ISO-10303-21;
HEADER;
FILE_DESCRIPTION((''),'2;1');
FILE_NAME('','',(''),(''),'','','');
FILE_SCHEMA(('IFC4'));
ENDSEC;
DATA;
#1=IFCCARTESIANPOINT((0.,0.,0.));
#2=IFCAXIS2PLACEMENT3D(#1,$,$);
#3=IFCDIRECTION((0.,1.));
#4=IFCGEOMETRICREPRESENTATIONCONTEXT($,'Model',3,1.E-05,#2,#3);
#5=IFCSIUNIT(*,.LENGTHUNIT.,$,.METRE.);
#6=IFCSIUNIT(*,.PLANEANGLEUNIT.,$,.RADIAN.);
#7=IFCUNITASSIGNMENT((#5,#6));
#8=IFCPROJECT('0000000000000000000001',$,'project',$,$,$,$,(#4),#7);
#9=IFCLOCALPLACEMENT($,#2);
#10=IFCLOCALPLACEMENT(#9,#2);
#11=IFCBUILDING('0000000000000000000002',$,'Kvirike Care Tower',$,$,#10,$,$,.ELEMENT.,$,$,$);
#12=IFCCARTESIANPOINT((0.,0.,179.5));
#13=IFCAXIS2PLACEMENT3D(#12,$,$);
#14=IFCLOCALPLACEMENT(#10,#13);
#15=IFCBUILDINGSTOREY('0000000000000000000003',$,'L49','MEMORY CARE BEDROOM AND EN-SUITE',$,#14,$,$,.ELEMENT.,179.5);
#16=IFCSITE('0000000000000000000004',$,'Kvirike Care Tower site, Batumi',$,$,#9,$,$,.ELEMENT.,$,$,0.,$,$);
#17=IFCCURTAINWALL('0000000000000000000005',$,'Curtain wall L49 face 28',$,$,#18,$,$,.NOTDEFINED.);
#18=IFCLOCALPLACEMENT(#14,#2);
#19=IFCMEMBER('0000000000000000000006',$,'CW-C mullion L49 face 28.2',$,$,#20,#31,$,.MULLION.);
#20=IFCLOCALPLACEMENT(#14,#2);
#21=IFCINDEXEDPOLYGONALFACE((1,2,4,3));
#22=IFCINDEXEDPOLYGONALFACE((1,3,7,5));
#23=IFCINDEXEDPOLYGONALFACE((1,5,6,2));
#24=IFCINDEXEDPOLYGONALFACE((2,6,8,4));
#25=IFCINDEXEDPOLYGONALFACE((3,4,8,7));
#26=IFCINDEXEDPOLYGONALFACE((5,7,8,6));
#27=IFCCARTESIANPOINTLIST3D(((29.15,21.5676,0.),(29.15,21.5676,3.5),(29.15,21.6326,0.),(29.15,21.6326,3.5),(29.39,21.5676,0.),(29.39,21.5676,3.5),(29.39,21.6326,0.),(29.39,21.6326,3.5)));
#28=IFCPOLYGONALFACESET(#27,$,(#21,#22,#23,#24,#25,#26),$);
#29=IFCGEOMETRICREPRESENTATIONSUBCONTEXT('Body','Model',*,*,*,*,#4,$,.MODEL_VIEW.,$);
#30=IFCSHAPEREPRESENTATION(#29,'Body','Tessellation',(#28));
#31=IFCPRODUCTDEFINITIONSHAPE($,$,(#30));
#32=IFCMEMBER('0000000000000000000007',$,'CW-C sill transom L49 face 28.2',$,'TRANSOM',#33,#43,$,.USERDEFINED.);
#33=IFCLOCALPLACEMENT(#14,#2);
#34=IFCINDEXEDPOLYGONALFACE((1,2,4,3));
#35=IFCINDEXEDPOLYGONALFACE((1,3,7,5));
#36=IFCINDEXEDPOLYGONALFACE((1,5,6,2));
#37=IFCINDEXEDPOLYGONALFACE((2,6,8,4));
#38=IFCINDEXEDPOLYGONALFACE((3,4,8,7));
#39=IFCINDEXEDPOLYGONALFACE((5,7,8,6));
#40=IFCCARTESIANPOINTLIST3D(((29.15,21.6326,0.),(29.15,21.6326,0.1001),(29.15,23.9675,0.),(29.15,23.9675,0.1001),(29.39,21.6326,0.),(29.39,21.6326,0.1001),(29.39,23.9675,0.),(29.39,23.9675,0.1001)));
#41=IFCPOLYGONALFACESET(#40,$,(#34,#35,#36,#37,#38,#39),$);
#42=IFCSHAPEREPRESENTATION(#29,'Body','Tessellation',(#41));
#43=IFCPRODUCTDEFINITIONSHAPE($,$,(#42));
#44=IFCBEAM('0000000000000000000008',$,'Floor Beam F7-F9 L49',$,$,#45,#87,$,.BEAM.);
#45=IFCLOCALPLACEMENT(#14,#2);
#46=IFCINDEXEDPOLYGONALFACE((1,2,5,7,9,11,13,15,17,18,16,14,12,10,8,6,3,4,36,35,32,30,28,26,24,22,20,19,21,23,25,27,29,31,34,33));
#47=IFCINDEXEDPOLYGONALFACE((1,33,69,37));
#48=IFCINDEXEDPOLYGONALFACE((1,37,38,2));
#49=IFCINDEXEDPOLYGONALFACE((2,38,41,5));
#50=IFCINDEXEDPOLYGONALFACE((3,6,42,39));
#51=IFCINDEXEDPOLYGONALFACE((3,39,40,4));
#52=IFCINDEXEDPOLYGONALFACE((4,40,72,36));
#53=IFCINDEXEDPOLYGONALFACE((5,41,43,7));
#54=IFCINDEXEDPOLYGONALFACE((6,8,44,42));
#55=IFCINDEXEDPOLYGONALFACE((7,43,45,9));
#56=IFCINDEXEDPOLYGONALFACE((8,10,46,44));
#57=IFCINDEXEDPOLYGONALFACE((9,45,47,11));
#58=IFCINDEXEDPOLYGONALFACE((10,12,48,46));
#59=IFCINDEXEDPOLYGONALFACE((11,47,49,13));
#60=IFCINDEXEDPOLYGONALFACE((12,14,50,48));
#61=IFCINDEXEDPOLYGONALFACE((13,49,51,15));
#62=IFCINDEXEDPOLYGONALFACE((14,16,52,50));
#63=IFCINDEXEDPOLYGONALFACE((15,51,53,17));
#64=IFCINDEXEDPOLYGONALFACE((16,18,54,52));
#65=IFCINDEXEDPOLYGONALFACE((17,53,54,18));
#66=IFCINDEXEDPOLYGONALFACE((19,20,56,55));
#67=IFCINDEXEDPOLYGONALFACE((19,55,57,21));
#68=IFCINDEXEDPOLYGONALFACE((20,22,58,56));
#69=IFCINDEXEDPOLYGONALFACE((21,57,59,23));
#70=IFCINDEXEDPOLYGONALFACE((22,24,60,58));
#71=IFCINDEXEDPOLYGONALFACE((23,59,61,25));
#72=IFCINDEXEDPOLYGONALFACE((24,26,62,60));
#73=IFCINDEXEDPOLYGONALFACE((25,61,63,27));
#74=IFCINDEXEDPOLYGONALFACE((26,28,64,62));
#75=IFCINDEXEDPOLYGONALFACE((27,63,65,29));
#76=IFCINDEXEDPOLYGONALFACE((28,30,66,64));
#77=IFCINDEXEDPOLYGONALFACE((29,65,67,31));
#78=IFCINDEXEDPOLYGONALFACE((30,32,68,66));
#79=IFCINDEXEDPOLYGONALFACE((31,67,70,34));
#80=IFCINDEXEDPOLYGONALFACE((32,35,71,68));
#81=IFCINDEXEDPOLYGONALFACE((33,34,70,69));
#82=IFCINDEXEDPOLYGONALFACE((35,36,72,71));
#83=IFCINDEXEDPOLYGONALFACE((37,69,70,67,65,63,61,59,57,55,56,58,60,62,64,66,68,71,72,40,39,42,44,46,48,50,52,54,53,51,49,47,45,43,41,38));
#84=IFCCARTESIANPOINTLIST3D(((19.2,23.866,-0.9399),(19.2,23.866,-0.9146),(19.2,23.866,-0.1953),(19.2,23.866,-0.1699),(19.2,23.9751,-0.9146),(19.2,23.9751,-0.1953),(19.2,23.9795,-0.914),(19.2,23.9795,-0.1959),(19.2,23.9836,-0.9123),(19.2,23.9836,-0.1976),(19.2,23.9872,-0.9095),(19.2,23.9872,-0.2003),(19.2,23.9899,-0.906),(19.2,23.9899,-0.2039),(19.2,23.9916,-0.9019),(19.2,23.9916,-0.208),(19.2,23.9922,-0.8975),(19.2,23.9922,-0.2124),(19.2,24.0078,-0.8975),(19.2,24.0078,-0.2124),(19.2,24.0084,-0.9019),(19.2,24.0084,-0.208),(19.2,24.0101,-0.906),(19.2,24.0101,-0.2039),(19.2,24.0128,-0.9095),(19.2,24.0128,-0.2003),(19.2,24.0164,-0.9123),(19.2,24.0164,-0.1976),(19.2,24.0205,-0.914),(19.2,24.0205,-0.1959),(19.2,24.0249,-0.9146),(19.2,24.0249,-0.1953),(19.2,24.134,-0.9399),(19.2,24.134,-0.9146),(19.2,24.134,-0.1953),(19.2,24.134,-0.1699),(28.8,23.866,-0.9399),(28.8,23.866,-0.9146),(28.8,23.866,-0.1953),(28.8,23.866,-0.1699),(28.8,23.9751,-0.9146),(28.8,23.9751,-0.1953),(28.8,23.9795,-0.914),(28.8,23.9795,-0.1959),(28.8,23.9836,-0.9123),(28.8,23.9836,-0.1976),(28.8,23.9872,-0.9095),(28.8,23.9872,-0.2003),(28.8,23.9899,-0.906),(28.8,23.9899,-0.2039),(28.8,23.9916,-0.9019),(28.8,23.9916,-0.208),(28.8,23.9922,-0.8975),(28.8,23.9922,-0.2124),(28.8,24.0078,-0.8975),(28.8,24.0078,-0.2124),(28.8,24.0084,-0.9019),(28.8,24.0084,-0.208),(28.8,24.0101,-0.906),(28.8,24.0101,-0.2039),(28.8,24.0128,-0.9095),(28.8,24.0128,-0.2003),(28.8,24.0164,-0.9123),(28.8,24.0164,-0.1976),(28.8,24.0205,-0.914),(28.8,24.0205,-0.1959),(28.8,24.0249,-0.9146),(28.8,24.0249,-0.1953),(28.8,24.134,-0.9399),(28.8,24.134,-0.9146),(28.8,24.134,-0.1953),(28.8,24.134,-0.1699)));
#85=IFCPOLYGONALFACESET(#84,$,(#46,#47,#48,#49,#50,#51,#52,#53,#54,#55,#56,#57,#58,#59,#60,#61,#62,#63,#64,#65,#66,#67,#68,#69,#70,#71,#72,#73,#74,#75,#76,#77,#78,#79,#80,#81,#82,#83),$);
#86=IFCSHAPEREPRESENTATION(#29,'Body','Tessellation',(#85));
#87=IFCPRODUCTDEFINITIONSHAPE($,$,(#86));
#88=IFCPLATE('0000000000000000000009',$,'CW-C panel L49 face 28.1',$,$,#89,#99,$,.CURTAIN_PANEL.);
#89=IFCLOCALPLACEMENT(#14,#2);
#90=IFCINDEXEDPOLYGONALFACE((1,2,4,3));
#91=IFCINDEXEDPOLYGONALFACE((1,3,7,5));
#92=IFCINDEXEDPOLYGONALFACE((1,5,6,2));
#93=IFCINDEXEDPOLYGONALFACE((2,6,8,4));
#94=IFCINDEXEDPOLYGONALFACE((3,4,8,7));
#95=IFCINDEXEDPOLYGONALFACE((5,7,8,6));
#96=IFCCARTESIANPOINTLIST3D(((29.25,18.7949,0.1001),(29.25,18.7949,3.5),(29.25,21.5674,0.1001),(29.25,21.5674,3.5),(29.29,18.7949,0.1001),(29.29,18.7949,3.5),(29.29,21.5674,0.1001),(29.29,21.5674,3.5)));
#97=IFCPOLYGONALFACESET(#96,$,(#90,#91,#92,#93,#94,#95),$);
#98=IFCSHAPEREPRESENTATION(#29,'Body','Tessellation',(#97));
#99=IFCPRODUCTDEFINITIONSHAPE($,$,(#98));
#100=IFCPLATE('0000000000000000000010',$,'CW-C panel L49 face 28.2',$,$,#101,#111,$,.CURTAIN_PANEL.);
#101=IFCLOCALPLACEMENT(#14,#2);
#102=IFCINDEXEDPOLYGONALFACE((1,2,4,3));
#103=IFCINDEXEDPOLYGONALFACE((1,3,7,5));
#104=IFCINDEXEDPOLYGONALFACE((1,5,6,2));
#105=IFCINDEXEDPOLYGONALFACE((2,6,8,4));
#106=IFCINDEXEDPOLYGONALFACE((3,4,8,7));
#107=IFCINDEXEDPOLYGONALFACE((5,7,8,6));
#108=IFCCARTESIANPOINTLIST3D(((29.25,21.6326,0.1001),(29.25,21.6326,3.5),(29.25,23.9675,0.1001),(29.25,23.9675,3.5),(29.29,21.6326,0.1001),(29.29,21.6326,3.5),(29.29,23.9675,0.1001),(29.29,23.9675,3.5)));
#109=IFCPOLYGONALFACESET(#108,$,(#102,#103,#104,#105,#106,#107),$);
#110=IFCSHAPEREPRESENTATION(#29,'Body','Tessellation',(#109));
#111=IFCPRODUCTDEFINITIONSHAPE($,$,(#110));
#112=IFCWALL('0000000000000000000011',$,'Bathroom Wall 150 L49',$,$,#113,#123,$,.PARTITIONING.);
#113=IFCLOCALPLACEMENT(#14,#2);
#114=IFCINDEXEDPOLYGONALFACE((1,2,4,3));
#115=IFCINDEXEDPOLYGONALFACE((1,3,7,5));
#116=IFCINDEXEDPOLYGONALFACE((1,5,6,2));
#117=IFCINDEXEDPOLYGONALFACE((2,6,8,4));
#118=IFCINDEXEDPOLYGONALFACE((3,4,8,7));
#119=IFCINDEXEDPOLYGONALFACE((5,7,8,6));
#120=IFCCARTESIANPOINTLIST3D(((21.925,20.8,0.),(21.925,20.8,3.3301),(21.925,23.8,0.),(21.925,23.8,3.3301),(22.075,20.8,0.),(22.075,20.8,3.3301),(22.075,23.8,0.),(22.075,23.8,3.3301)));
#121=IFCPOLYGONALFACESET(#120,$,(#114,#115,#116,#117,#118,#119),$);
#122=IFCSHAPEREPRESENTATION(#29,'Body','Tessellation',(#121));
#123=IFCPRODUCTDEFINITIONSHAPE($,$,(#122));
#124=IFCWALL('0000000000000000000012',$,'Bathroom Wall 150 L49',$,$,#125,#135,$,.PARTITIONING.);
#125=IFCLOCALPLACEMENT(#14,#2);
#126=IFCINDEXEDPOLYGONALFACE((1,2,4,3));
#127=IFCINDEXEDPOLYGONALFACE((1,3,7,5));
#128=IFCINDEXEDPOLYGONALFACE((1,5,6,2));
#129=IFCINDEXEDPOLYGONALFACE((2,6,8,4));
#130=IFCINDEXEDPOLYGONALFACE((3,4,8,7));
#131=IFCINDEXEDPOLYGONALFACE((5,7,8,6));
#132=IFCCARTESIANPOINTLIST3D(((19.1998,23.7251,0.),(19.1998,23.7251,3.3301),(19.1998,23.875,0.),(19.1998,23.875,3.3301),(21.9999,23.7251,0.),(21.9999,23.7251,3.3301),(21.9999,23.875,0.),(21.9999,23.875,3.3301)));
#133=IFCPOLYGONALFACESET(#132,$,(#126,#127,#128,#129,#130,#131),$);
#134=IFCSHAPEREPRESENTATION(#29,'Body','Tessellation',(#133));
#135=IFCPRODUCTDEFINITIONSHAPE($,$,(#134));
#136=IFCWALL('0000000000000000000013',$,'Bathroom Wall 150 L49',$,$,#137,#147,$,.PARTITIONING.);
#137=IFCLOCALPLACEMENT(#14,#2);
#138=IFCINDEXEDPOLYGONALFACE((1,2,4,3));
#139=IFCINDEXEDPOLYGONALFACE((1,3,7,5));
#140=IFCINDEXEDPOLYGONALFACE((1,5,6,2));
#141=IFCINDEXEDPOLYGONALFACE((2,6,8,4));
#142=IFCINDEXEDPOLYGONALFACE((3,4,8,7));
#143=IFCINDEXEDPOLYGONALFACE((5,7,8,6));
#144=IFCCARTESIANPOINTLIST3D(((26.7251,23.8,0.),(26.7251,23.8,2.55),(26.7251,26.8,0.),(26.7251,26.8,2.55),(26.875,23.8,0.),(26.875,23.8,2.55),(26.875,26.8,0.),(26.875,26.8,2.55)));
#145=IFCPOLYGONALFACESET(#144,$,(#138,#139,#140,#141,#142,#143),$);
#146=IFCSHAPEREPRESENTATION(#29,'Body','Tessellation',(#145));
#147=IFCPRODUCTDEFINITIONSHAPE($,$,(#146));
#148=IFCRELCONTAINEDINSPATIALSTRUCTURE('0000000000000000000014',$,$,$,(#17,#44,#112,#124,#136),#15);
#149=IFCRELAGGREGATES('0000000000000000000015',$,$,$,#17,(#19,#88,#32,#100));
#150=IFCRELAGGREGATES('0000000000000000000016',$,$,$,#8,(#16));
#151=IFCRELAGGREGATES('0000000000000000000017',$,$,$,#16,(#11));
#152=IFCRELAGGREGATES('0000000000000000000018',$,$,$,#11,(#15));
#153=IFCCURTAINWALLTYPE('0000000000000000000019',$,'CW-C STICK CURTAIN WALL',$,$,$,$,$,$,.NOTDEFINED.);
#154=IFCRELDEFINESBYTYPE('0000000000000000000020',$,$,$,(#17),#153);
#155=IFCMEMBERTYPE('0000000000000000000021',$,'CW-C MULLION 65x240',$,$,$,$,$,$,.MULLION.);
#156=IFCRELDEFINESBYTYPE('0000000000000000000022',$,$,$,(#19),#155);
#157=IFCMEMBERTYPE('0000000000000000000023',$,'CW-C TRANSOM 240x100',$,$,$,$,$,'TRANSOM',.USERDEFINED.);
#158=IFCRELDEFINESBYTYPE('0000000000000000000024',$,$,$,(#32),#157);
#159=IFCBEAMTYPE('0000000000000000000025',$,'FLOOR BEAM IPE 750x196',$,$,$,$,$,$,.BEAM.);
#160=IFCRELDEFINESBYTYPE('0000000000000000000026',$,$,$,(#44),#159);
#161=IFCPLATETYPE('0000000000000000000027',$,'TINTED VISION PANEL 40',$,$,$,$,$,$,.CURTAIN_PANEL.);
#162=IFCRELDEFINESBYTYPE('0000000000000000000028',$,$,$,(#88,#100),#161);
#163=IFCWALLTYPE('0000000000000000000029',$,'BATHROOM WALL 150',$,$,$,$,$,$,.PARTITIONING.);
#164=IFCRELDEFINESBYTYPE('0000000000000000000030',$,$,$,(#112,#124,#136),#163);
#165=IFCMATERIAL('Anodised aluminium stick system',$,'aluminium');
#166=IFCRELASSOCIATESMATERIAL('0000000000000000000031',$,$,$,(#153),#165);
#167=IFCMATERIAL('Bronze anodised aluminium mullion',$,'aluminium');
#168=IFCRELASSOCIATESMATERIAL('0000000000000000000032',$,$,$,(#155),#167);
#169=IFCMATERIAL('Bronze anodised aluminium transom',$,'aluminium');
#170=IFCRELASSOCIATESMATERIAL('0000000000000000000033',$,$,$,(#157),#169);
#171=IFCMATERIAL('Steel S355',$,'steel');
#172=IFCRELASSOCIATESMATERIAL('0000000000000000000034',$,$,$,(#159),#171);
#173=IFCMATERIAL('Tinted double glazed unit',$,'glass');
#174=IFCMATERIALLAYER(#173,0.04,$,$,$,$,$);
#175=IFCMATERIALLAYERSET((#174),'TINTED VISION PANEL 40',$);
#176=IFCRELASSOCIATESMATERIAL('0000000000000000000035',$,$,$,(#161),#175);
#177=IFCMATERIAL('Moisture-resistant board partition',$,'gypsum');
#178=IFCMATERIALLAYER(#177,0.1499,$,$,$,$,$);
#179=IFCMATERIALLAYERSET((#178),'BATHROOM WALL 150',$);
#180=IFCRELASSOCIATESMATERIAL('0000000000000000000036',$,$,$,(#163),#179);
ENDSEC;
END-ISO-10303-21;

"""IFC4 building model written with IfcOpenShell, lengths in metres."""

from ifc_helpers import new_model, si_unit, direction, frame, frame_2d, origin, origin_2d, place, context, subcontext, project, spatial, rectangle, i_section, extrude, material, layer, layer_set, material_profile, profile_set, type_object, element, aggregate, save


model = new_model("IFC4")

# Units and contexts
model_context = context("Model", 3, precision=1e-05, world=origin(), true_north=direction((0.0, 1.0)))
body_context = subcontext(model_context, "Body", "Model", "MODEL_VIEW")
ifc_project = project(units=[si_unit("LENGTHUNIT", "METRE"), si_unit("PLANEANGLEUNIT", "RADIAN")], contexts=[model_context])

# Site, building, storey
site_placement = place(None, origin())
site = spatial("IfcSite", under=ifc_project, at=site_placement, Name="Kvirike Care Tower site, Batumi", CompositionType="ELEMENT", RefElevation=0.0)
building_placement = place(site_placement, origin())
building = spatial("IfcBuilding", under=site, at=building_placement, Name="Kvirike Care Tower", CompositionType="ELEMENT")
storey_placement = place(building_placement, frame((0.0, 0.0, 179.5)))
storey = spatial("IfcBuildingStorey", under=building, at=storey_placement, Name="L49", Description="MEMORY CARE BEDROOM AND EN-SUITE", CompositionType="ELEMENT", Elevation=179.5)

# Curtain wall, members
ifc_material_1 = material(Name="Anodised aluminium stick system", Category="aluminium")
curtain_wall_type = type_object("IfcCurtainWallType", Name="CW-C STICK CURTAIN WALL", PredefinedType="NOTDEFINED", material=ifc_material_1)
curtain_wall_placement = place(storey_placement, origin())
curtain_wall = element("IfcCurtainWall", 1, at=curtain_wall_placement, inside=storey, type_object=curtain_wall_type, Name="Curtain wall L49 face 28", PredefinedType="NOTDEFINED")
ifc_material_2 = material(Name="Bronze anodised aluminium mullion", Category="aluminium")
ifc_material_profile_1 = material_profile(ifc_material_2, rectangle(XDim=0.0649, YDim=0.24, at=origin_2d()), Name="CW-C MULLION 65x240")
ifc_profile_set_1 = profile_set([ifc_material_profile_1], Name="Bronze anodised aluminium mullion")
member_type_1 = type_object("IfcMemberType", Name="CW-C MULLION 65x240", PredefinedType="MULLION", material=ifc_profile_set_1)
member_1_placement = place(storey_placement, frame((29.27, 21.6001, 0.0), z_axis=(0.0, 0.0, 1.0), x_axis=(0.0, 1.0, 0.0)))
member_1 = element("IfcMember", 2, at=member_1_placement, type_object=member_type_1, Name="CW-C mullion L49 face 28.2", PredefinedType="MULLION", context=body_context, shape_type="SweptSolid", body=[
    extrude(rectangle(XDim=0.0649, YDim=0.24, at=origin_2d()), origin(), (0.0, 0.0, 1.0), 3.5),
])
ifc_material_3 = material(Name="Bronze anodised aluminium transom", Category="aluminium")
ifc_material_profile_2 = material_profile(ifc_material_3, rectangle(XDim=0.24, YDim=0.1001, at=origin_2d()), Name="CW-C TRANSOM 240x100")
ifc_profile_set_2 = profile_set([ifc_material_profile_2], Name="Bronze anodised aluminium transom")
member_type_2 = type_object("IfcMemberType", Name="CW-C TRANSOM 240x100", ElementType="TRANSOM", PredefinedType="USERDEFINED", material=ifc_profile_set_2)
member_2_placement = place(storey_placement, frame((29.27, 21.6326, 0.05), z_axis=(0.0, 1.0, 0.0), x_axis=(-1.0, 0.0, 0.0)))
member_2 = element("IfcMember", 3, at=member_2_placement, type_object=member_type_2, Name="CW-C sill transom L49 face 28.2", ObjectType="TRANSOM", PredefinedType="USERDEFINED", context=body_context, shape_type="SweptSolid", body=[
    extrude(rectangle(XDim=0.24, YDim=0.1001, at=origin_2d()), origin(), (0.0, 0.0, 1.0), 2.335),
])

# Beam
ifc_material_4 = material(Name="Steel S355", Category="steel")
ifc_material_profile_3 = material_profile(ifc_material_4, i_section(OverallWidth=0.2681, OverallDepth=0.77, WebThickness=0.0156, FlangeThickness=0.0254, FilletRadius=0.0171, at=origin_2d()), Name="IPE 750x196")
ifc_profile_set_3 = profile_set([ifc_material_profile_3], Name="Steel S355")
beam_type = type_object("IfcBeamType", Name="FLOOR BEAM IPE 750x196", PredefinedType="BEAM", material=ifc_profile_set_3)
beam_placement = place(storey_placement, frame((19.2, 24.0, -0.5549), z_axis=(1.0, 0.0, 0.0), x_axis=(0.0, 1.0, 0.0)))
element("IfcBeam", 4, at=beam_placement, inside=storey, type_object=beam_type, Name="Floor Beam F7-F9 L49", PredefinedType="BEAM", context=body_context, shape_type="SweptSolid", body=[
    extrude(i_section(OverallWidth=0.2681, OverallDepth=0.77, WebThickness=0.0156, FlangeThickness=0.0254, FilletRadius=0.0171, at=origin_2d()), origin(), (0.0, 0.0, 1.0), 9.6001),
])

# Plates
ifc_material_5 = material(Name="Tinted double glazed unit", Category="glass")
ifc_layer_1 = layer(ifc_material_5, 0.04)
ifc_layer_set_1 = layer_set([ifc_layer_1], Name="TINTED VISION PANEL 40")
plate_type = type_object("IfcPlateType", Name="TINTED VISION PANEL 40", PredefinedType="CURTAIN_PANEL", material=ifc_layer_set_1)
plate_1_placement = place(storey_placement, frame((29.27, 20.1812, 0.1001), z_axis=(0.0, 0.0, 1.0), x_axis=(0.0, 1.0, 0.0)))
plate_1 = element("IfcPlate", 5, at=plate_1_placement, type_object=plate_type, Name="CW-C panel L49 face 28.1", PredefinedType="CURTAIN_PANEL", context=body_context, shape_type="SweptSolid", body=[
    extrude(rectangle(XDim=2.7725, YDim=0.04, at=origin_2d()), origin(), (0.0, 0.0, 1.0), 3.3999),
])
plate_2_placement = place(storey_placement, frame((29.27, 22.8, 0.1001), z_axis=(0.0, 0.0, 1.0), x_axis=(0.0, 1.0, 0.0)))
plate_2 = element("IfcPlate", 6, at=plate_2_placement, type_object=plate_type, Name="CW-C panel L49 face 28.2", PredefinedType="CURTAIN_PANEL", context=body_context, shape_type="SweptSolid", body=[
    extrude(rectangle(XDim=2.335, YDim=0.04, at=origin_2d()), origin(), (0.0, 0.0, 1.0), 3.3999),
])
aggregate(curtain_wall, [member_1, plate_1, member_2, plate_2])

# Walls
ifc_material_6 = material(Name="Moisture-resistant board partition", Category="gypsum")
ifc_layer_2 = layer(ifc_material_6, 0.1499)
ifc_layer_set_2 = layer_set([ifc_layer_2], Name="BATHROOM WALL 150")
wall_type_1 = type_object("IfcWallType", Name="BATHROOM WALL 150", PredefinedType="PARTITIONING", material=ifc_layer_set_2)
wall_1_placement = place(storey_placement, frame((22.0, 20.8, 0.0), z_axis=(0.0, 0.0, 1.0), x_axis=(0.0, 1.0, 0.0)))
element("IfcWall", 7, at=wall_1_placement, inside=storey, type_object=wall_type_1, Name="Bathroom Wall 150 L49", PredefinedType="PARTITIONING", context=body_context, shape_type="SweptSolid", body=[
    extrude(rectangle(XDim=3.0, YDim=0.1499, at=frame_2d((1.5, 0.0))), origin(), (0.0, 0.0, 1.0), 3.3301),
])
wall_2_placement = place(storey_placement, frame((19.2, 23.8, 0.0), z_axis=(0.0, 0.0, 1.0), x_axis=(1.0, 0.0, 0.0)))
element("IfcWall", 8, at=wall_2_placement, inside=storey, type_object=wall_type_1, Name="Bathroom Wall 150 L49", PredefinedType="PARTITIONING", context=body_context, shape_type="SweptSolid", body=[
    extrude(rectangle(XDim=2.8, YDim=0.1499, at=frame_2d((1.3999, 0.0))), origin(), (0.0, 0.0, 1.0), 3.3301),
])
wall_3_placement = place(storey_placement, frame((26.8, 23.8, 0.0), z_axis=(0.0, 0.0, 1.0), x_axis=(0.0, 1.0, 0.0)))
element("IfcWall", 9, at=wall_3_placement, inside=storey, type_object=wall_type_1, Name="Bathroom Wall 150 L49", PredefinedType="PARTITIONING", context=body_context, shape_type="SweptSolid", body=[
    extrude(rectangle(XDim=3.0, YDim=0.1499, at=frame_2d((1.5, 0.0))), origin(), (0.0, 0.0, 1.0), 2.55),
])

save(model, "model.ifc")
